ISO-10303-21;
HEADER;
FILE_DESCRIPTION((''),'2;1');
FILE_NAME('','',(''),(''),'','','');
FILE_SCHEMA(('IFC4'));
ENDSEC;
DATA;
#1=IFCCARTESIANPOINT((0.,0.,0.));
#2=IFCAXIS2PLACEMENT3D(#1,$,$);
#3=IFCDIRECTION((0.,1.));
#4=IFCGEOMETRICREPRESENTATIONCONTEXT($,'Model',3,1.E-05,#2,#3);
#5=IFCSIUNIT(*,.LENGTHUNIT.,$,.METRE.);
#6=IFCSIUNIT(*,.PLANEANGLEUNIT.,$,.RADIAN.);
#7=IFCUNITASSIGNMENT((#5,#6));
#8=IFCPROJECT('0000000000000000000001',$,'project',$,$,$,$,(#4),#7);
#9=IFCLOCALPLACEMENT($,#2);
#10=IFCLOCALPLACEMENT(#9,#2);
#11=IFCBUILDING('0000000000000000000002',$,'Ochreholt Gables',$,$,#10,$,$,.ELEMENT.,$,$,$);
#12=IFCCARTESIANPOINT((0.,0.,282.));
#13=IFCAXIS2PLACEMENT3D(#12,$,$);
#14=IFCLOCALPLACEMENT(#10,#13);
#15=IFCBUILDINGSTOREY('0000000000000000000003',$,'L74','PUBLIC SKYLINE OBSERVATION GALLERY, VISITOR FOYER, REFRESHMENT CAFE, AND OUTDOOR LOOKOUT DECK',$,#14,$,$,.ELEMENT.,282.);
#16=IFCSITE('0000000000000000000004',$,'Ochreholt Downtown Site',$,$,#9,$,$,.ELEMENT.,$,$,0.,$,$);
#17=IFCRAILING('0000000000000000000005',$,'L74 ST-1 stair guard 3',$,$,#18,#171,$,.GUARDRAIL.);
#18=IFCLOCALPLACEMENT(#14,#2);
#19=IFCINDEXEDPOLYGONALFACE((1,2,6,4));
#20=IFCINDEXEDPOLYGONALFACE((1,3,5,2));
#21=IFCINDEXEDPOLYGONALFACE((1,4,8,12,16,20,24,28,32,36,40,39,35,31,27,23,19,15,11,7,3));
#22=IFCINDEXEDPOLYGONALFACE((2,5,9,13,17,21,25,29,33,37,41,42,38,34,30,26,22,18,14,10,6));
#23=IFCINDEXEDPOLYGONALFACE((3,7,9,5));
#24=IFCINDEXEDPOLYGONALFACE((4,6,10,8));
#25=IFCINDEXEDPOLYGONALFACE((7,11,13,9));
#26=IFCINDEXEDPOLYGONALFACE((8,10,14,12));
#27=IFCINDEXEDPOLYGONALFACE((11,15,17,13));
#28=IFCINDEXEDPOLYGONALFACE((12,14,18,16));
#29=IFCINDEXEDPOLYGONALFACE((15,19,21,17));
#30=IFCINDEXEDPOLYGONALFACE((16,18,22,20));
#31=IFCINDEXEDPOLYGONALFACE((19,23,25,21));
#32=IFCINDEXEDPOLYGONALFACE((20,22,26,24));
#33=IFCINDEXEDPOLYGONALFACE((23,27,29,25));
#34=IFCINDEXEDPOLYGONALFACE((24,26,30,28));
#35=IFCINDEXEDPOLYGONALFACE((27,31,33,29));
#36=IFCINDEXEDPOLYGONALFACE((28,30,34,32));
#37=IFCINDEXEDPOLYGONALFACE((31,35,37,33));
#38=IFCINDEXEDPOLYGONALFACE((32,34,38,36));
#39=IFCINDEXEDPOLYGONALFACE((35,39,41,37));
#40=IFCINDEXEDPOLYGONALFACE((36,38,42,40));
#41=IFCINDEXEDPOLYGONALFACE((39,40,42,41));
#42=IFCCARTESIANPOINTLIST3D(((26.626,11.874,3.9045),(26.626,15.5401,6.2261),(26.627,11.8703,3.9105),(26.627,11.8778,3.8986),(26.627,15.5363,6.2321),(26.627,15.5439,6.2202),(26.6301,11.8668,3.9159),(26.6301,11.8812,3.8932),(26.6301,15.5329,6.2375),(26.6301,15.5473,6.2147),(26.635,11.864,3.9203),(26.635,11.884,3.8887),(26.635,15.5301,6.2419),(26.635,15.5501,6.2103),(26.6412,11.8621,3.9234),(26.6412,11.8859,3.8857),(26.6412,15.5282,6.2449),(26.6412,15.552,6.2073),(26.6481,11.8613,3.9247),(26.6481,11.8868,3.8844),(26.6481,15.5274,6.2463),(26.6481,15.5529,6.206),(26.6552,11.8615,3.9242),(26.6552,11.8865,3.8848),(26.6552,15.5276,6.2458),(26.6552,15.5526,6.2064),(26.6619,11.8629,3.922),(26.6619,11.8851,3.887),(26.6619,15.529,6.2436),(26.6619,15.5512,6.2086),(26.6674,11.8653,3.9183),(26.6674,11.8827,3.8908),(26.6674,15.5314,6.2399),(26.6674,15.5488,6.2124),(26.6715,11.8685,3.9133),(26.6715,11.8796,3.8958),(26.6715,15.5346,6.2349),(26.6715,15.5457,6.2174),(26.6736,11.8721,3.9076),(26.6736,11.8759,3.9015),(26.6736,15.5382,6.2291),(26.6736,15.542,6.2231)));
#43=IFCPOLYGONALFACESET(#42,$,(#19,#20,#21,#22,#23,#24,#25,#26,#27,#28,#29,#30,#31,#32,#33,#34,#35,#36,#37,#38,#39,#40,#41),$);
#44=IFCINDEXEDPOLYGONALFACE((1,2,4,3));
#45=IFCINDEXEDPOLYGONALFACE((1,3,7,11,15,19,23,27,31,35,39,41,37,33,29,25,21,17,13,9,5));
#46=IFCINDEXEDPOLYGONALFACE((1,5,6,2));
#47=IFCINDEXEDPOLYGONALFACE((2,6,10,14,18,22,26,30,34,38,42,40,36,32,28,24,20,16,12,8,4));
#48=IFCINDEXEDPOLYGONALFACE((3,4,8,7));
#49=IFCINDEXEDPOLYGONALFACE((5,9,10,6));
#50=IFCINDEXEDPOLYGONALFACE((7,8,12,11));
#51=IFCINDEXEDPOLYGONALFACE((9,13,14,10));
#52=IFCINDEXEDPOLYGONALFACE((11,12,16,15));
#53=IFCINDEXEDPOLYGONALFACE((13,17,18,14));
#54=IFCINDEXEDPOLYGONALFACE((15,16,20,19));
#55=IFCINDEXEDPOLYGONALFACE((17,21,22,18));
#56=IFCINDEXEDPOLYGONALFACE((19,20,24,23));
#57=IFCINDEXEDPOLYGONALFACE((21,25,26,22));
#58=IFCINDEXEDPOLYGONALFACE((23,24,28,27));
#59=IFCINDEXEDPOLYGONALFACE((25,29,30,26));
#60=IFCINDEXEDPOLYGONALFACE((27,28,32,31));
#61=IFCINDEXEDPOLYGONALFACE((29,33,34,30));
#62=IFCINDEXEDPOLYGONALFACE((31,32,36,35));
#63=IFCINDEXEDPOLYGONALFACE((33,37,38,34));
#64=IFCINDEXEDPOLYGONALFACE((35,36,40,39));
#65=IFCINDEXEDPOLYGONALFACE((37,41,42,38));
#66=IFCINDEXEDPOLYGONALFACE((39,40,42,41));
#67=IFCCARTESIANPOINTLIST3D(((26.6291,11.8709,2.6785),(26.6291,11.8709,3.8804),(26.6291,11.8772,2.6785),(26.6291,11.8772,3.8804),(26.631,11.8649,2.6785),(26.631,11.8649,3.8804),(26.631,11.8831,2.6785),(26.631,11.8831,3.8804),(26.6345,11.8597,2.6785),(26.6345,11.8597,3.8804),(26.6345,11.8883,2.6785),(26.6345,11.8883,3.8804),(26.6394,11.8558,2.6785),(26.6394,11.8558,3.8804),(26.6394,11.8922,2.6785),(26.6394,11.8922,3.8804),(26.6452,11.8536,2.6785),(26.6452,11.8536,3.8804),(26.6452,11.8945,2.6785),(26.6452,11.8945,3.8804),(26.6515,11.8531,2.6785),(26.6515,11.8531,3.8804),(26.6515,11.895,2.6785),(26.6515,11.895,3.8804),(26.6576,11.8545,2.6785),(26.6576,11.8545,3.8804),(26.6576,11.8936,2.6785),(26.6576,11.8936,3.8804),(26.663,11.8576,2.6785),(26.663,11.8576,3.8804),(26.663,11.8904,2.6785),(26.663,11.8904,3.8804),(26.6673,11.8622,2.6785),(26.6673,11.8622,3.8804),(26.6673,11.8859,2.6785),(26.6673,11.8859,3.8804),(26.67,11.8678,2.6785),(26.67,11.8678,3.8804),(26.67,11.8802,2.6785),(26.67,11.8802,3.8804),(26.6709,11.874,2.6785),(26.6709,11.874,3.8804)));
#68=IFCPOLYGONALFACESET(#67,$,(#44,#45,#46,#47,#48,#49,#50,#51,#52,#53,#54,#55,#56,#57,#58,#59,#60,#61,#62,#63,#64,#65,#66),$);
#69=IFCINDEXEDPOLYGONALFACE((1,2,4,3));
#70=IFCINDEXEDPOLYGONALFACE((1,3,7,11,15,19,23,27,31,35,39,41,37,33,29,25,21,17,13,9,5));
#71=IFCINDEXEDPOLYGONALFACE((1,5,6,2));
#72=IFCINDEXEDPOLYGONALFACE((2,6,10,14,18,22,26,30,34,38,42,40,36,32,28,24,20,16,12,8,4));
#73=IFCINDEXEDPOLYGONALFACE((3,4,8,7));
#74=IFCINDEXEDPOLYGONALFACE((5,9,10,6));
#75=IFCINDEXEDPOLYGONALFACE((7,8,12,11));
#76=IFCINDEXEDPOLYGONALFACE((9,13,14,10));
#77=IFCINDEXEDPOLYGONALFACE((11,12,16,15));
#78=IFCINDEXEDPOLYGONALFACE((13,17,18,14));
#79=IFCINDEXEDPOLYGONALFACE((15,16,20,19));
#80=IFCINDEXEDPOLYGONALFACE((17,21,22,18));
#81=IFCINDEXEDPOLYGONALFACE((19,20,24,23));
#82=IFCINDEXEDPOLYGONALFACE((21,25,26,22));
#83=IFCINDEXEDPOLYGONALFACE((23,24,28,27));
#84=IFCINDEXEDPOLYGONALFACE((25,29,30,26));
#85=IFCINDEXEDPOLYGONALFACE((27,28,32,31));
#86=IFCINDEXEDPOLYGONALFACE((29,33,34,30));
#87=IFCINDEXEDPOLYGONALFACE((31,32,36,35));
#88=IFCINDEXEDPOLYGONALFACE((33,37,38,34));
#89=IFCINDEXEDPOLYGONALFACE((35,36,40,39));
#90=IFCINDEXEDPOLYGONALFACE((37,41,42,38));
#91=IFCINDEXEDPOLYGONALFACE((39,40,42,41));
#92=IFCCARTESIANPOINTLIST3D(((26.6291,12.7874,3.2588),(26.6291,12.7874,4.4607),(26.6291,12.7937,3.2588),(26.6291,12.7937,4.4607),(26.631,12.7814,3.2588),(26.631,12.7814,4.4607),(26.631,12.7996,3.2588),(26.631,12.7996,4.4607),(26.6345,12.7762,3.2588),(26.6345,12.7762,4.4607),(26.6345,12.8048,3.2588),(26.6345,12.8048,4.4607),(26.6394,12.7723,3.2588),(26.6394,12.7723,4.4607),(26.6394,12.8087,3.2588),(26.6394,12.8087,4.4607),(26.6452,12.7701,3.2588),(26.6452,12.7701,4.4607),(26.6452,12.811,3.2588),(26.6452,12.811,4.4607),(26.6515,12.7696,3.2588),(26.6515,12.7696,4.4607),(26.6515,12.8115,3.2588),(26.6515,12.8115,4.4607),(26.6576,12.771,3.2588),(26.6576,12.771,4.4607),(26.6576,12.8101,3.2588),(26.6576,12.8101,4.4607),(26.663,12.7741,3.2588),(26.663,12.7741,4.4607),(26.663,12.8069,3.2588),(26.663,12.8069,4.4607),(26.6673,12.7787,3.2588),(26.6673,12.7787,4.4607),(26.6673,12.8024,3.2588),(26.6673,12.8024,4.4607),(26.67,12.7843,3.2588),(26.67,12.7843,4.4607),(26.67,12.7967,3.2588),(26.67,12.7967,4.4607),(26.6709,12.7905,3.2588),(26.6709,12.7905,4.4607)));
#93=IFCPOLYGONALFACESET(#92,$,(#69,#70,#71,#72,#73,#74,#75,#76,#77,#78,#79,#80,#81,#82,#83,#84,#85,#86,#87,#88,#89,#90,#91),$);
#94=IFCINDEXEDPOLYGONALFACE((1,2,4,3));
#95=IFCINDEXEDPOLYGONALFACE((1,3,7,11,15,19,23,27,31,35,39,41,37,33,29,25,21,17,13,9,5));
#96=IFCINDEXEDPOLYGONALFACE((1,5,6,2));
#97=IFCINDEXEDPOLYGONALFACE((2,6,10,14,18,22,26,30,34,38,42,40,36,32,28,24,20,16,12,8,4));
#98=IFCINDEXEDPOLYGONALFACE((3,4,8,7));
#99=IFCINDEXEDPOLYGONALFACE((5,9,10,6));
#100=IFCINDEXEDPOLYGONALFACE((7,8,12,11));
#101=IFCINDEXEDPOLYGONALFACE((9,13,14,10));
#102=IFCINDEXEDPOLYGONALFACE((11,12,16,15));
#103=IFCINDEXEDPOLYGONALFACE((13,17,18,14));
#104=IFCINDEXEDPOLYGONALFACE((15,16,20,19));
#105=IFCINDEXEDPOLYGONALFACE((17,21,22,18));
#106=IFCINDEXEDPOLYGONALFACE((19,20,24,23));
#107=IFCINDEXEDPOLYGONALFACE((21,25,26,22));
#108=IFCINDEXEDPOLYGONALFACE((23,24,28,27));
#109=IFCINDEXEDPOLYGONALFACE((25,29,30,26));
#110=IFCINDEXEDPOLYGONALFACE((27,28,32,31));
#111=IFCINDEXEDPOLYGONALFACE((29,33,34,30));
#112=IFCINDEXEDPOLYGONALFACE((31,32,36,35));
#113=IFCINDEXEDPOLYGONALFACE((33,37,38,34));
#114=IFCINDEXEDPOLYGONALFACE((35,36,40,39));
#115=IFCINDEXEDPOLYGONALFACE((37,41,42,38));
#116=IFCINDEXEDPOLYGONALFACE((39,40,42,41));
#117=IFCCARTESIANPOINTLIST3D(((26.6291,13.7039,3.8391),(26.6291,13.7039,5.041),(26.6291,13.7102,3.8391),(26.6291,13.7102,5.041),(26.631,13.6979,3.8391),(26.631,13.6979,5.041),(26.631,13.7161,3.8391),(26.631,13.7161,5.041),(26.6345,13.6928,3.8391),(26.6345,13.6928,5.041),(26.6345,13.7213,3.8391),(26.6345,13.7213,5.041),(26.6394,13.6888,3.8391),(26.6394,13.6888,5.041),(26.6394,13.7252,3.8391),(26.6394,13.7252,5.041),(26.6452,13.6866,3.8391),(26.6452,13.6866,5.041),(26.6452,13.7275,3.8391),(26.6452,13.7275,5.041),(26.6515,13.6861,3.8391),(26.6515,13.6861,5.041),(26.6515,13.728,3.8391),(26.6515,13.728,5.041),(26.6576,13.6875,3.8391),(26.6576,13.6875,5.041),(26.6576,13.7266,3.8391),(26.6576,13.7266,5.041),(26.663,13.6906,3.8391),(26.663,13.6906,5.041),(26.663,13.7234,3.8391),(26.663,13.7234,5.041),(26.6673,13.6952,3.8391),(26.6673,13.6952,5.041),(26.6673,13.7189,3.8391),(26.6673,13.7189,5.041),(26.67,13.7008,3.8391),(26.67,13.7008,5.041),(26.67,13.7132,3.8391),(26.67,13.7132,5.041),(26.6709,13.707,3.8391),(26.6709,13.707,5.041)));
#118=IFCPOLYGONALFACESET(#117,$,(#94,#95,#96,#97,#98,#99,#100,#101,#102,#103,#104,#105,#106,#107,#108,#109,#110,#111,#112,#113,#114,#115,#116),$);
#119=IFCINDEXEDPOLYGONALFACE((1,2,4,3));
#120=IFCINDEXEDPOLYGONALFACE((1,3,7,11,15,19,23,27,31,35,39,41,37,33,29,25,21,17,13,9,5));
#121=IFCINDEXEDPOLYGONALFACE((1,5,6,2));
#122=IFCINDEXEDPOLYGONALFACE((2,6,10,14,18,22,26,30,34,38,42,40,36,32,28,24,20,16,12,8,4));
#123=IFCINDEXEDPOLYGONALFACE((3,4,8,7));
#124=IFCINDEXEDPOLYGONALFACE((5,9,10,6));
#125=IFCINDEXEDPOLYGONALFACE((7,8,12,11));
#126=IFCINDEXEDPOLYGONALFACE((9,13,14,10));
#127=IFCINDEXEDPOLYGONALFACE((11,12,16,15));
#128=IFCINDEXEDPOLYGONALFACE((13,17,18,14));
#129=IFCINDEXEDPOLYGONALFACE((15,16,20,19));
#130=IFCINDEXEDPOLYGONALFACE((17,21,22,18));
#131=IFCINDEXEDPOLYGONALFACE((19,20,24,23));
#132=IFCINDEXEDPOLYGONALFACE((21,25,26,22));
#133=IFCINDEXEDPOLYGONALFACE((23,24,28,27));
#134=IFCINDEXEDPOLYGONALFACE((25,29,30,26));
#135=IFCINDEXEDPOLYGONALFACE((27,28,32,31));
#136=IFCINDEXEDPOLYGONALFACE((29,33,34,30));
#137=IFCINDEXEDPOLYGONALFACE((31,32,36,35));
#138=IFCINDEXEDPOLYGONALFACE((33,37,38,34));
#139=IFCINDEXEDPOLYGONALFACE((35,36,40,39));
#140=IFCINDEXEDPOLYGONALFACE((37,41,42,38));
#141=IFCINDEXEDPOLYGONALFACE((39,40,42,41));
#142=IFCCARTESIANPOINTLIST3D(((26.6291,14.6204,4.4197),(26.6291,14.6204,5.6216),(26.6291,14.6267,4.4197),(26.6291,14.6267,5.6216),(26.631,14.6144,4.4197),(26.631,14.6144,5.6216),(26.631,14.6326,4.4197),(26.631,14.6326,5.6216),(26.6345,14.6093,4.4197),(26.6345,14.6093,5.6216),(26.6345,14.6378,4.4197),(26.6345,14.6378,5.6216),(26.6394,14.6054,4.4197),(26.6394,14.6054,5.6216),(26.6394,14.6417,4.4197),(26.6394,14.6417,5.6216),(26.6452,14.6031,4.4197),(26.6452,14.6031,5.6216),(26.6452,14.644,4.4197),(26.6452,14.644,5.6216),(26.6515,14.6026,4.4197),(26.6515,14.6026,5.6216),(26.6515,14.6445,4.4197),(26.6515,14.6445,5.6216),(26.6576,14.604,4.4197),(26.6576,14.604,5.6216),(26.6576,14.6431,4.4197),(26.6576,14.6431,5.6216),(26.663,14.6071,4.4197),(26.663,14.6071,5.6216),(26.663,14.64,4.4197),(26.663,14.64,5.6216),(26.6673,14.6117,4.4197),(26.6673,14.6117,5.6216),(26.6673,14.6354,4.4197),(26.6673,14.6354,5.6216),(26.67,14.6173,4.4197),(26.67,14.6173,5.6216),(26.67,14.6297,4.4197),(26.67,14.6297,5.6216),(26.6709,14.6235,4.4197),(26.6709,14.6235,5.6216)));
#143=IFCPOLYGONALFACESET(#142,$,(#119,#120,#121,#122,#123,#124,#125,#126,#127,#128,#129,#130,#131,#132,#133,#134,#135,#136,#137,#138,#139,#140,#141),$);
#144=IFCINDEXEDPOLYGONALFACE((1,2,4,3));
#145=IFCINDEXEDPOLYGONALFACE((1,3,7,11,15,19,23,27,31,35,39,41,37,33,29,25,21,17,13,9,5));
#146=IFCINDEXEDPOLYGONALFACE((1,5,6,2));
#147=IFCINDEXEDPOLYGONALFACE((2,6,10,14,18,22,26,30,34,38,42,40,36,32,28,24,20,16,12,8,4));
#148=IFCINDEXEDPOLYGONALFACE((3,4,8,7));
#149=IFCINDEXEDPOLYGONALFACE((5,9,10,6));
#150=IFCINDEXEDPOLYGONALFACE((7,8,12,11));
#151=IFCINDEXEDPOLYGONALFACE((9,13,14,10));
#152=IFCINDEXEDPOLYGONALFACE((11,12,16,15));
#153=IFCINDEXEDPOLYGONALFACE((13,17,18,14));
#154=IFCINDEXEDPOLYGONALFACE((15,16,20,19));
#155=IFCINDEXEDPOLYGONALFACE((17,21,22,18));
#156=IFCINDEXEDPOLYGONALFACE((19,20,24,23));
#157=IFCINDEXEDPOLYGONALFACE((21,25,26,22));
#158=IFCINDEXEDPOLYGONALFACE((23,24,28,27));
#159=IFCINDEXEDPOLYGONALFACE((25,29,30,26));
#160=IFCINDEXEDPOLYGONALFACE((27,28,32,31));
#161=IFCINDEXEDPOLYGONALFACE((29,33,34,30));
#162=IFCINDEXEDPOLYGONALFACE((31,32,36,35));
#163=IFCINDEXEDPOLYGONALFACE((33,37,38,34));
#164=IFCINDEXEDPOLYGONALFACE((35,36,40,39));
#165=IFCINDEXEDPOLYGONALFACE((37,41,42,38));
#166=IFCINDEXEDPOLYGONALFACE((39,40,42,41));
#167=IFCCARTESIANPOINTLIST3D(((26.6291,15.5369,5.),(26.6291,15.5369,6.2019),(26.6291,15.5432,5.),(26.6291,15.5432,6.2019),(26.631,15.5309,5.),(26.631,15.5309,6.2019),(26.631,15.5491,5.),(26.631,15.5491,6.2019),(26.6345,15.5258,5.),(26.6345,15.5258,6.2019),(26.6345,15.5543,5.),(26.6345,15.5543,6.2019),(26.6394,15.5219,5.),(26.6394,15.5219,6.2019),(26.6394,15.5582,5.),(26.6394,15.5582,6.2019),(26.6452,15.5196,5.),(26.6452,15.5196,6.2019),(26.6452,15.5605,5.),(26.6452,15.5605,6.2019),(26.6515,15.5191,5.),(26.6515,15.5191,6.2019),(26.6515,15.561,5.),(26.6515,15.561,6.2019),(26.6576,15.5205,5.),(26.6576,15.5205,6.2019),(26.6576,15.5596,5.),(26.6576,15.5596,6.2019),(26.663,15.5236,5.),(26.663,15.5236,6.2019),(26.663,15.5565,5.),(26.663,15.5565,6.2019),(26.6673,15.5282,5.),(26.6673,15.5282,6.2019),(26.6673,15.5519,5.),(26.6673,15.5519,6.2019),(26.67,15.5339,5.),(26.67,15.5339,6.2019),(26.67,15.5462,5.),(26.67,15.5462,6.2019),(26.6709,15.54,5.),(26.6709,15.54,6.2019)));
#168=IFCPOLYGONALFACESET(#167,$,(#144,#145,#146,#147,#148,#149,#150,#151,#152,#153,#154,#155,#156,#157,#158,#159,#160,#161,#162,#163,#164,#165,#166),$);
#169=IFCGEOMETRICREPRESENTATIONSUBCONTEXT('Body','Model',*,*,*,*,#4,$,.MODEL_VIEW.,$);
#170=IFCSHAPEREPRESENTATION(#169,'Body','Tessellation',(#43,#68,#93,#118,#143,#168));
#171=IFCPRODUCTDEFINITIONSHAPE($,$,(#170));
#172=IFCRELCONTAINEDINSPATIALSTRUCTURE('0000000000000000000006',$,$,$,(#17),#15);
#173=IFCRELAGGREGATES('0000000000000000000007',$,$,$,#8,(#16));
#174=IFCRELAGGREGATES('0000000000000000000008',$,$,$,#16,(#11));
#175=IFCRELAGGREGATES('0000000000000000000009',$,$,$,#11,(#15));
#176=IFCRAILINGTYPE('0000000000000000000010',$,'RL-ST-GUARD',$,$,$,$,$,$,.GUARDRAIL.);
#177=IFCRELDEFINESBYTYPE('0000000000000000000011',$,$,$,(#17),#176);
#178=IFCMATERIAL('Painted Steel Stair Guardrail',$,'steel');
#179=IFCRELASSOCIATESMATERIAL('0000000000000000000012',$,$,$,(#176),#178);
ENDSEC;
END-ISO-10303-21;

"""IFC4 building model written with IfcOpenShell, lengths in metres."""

from ifc_helpers import new_model, si_unit, direction, frame, origin, origin_2d, place, context, subcontext, project, spatial, circle, extrude, material, type_object, element, save


model = new_model("IFC4")

# Units and contexts
model_context = context("Model", 3, precision=1e-05, world=origin(), true_north=direction((0.0, 1.0)))
body_context = subcontext(model_context, "Body", "Model", "MODEL_VIEW")
ifc_project = project(units=[si_unit("LENGTHUNIT", "METRE"), si_unit("PLANEANGLEUNIT", "RADIAN")], contexts=[model_context])

# Site, building, storey
site_placement = place(None, origin())
site = spatial("IfcSite", under=ifc_project, at=site_placement, Name="Ochreholt Downtown Site", CompositionType="ELEMENT", RefElevation=0.0)
building_placement = place(site_placement, origin())
building = spatial("IfcBuilding", under=site, at=building_placement, Name="Ochreholt Gables", CompositionType="ELEMENT")
storey_placement = place(building_placement, frame((0.0, 0.0, 282.0)))
storey = spatial("IfcBuildingStorey", under=building, at=storey_placement, Name="L74", Description="PUBLIC SKYLINE OBSERVATION GALLERY, VISITOR FOYER, REFRESHMENT CAFE, AND OUTDOOR LOOKOUT DECK", CompositionType="ELEMENT", Elevation=282.0)

# Railing
ifc_material_1 = material(Name="Painted Steel Stair Guardrail", Category="steel")
railing_type_1 = type_object("IfcRailingType", Name="RL-ST-GUARD", PredefinedType="GUARDRAIL", material=ifc_material_1)
railing_1_placement = place(storey_placement, frame((26.6499, 11.874, 2.6785)))
element("IfcRailing", 1, at=railing_1_placement, inside=storey, type_object=railing_type_1, Name="L74 ST-1 stair guard 3", PredefinedType="GUARDRAIL", context=body_context, shape_type="SweptSolid", body=[
    extrude(circle(Radius=0.0239, at=origin_2d()), frame((0.0, 0.0, 1.2261), z_axis=(0.0, 0.844848, 0.535007), x_axis=(-1.0, 0.0, 0.0)), (0.0, 0.0, 1.0), 4.3394),
    extrude(circle(Radius=0.021, at=origin_2d()), origin(), (0.0, 0.0, 1.0), 1.2019),
    extrude(circle(Radius=0.021, at=origin_2d()), frame((0.0, 0.9165, 0.5803)), (0.0, 0.0, 1.0), 1.2019),
    extrude(circle(Radius=0.021, at=origin_2d()), frame((0.0, 1.833, 1.1606)), (0.0, 0.0, 1.0), 1.2019),
    extrude(circle(Radius=0.021, at=origin_2d()), frame((0.0, 2.7495, 1.7412)), (0.0, 0.0, 1.0), 1.2019),
    extrude(circle(Radius=0.021, at=origin_2d()), frame((0.0, 3.666, 2.3215)), (0.0, 0.0, 1.0), 1.2019),
])

save(model, "model.ifc")
